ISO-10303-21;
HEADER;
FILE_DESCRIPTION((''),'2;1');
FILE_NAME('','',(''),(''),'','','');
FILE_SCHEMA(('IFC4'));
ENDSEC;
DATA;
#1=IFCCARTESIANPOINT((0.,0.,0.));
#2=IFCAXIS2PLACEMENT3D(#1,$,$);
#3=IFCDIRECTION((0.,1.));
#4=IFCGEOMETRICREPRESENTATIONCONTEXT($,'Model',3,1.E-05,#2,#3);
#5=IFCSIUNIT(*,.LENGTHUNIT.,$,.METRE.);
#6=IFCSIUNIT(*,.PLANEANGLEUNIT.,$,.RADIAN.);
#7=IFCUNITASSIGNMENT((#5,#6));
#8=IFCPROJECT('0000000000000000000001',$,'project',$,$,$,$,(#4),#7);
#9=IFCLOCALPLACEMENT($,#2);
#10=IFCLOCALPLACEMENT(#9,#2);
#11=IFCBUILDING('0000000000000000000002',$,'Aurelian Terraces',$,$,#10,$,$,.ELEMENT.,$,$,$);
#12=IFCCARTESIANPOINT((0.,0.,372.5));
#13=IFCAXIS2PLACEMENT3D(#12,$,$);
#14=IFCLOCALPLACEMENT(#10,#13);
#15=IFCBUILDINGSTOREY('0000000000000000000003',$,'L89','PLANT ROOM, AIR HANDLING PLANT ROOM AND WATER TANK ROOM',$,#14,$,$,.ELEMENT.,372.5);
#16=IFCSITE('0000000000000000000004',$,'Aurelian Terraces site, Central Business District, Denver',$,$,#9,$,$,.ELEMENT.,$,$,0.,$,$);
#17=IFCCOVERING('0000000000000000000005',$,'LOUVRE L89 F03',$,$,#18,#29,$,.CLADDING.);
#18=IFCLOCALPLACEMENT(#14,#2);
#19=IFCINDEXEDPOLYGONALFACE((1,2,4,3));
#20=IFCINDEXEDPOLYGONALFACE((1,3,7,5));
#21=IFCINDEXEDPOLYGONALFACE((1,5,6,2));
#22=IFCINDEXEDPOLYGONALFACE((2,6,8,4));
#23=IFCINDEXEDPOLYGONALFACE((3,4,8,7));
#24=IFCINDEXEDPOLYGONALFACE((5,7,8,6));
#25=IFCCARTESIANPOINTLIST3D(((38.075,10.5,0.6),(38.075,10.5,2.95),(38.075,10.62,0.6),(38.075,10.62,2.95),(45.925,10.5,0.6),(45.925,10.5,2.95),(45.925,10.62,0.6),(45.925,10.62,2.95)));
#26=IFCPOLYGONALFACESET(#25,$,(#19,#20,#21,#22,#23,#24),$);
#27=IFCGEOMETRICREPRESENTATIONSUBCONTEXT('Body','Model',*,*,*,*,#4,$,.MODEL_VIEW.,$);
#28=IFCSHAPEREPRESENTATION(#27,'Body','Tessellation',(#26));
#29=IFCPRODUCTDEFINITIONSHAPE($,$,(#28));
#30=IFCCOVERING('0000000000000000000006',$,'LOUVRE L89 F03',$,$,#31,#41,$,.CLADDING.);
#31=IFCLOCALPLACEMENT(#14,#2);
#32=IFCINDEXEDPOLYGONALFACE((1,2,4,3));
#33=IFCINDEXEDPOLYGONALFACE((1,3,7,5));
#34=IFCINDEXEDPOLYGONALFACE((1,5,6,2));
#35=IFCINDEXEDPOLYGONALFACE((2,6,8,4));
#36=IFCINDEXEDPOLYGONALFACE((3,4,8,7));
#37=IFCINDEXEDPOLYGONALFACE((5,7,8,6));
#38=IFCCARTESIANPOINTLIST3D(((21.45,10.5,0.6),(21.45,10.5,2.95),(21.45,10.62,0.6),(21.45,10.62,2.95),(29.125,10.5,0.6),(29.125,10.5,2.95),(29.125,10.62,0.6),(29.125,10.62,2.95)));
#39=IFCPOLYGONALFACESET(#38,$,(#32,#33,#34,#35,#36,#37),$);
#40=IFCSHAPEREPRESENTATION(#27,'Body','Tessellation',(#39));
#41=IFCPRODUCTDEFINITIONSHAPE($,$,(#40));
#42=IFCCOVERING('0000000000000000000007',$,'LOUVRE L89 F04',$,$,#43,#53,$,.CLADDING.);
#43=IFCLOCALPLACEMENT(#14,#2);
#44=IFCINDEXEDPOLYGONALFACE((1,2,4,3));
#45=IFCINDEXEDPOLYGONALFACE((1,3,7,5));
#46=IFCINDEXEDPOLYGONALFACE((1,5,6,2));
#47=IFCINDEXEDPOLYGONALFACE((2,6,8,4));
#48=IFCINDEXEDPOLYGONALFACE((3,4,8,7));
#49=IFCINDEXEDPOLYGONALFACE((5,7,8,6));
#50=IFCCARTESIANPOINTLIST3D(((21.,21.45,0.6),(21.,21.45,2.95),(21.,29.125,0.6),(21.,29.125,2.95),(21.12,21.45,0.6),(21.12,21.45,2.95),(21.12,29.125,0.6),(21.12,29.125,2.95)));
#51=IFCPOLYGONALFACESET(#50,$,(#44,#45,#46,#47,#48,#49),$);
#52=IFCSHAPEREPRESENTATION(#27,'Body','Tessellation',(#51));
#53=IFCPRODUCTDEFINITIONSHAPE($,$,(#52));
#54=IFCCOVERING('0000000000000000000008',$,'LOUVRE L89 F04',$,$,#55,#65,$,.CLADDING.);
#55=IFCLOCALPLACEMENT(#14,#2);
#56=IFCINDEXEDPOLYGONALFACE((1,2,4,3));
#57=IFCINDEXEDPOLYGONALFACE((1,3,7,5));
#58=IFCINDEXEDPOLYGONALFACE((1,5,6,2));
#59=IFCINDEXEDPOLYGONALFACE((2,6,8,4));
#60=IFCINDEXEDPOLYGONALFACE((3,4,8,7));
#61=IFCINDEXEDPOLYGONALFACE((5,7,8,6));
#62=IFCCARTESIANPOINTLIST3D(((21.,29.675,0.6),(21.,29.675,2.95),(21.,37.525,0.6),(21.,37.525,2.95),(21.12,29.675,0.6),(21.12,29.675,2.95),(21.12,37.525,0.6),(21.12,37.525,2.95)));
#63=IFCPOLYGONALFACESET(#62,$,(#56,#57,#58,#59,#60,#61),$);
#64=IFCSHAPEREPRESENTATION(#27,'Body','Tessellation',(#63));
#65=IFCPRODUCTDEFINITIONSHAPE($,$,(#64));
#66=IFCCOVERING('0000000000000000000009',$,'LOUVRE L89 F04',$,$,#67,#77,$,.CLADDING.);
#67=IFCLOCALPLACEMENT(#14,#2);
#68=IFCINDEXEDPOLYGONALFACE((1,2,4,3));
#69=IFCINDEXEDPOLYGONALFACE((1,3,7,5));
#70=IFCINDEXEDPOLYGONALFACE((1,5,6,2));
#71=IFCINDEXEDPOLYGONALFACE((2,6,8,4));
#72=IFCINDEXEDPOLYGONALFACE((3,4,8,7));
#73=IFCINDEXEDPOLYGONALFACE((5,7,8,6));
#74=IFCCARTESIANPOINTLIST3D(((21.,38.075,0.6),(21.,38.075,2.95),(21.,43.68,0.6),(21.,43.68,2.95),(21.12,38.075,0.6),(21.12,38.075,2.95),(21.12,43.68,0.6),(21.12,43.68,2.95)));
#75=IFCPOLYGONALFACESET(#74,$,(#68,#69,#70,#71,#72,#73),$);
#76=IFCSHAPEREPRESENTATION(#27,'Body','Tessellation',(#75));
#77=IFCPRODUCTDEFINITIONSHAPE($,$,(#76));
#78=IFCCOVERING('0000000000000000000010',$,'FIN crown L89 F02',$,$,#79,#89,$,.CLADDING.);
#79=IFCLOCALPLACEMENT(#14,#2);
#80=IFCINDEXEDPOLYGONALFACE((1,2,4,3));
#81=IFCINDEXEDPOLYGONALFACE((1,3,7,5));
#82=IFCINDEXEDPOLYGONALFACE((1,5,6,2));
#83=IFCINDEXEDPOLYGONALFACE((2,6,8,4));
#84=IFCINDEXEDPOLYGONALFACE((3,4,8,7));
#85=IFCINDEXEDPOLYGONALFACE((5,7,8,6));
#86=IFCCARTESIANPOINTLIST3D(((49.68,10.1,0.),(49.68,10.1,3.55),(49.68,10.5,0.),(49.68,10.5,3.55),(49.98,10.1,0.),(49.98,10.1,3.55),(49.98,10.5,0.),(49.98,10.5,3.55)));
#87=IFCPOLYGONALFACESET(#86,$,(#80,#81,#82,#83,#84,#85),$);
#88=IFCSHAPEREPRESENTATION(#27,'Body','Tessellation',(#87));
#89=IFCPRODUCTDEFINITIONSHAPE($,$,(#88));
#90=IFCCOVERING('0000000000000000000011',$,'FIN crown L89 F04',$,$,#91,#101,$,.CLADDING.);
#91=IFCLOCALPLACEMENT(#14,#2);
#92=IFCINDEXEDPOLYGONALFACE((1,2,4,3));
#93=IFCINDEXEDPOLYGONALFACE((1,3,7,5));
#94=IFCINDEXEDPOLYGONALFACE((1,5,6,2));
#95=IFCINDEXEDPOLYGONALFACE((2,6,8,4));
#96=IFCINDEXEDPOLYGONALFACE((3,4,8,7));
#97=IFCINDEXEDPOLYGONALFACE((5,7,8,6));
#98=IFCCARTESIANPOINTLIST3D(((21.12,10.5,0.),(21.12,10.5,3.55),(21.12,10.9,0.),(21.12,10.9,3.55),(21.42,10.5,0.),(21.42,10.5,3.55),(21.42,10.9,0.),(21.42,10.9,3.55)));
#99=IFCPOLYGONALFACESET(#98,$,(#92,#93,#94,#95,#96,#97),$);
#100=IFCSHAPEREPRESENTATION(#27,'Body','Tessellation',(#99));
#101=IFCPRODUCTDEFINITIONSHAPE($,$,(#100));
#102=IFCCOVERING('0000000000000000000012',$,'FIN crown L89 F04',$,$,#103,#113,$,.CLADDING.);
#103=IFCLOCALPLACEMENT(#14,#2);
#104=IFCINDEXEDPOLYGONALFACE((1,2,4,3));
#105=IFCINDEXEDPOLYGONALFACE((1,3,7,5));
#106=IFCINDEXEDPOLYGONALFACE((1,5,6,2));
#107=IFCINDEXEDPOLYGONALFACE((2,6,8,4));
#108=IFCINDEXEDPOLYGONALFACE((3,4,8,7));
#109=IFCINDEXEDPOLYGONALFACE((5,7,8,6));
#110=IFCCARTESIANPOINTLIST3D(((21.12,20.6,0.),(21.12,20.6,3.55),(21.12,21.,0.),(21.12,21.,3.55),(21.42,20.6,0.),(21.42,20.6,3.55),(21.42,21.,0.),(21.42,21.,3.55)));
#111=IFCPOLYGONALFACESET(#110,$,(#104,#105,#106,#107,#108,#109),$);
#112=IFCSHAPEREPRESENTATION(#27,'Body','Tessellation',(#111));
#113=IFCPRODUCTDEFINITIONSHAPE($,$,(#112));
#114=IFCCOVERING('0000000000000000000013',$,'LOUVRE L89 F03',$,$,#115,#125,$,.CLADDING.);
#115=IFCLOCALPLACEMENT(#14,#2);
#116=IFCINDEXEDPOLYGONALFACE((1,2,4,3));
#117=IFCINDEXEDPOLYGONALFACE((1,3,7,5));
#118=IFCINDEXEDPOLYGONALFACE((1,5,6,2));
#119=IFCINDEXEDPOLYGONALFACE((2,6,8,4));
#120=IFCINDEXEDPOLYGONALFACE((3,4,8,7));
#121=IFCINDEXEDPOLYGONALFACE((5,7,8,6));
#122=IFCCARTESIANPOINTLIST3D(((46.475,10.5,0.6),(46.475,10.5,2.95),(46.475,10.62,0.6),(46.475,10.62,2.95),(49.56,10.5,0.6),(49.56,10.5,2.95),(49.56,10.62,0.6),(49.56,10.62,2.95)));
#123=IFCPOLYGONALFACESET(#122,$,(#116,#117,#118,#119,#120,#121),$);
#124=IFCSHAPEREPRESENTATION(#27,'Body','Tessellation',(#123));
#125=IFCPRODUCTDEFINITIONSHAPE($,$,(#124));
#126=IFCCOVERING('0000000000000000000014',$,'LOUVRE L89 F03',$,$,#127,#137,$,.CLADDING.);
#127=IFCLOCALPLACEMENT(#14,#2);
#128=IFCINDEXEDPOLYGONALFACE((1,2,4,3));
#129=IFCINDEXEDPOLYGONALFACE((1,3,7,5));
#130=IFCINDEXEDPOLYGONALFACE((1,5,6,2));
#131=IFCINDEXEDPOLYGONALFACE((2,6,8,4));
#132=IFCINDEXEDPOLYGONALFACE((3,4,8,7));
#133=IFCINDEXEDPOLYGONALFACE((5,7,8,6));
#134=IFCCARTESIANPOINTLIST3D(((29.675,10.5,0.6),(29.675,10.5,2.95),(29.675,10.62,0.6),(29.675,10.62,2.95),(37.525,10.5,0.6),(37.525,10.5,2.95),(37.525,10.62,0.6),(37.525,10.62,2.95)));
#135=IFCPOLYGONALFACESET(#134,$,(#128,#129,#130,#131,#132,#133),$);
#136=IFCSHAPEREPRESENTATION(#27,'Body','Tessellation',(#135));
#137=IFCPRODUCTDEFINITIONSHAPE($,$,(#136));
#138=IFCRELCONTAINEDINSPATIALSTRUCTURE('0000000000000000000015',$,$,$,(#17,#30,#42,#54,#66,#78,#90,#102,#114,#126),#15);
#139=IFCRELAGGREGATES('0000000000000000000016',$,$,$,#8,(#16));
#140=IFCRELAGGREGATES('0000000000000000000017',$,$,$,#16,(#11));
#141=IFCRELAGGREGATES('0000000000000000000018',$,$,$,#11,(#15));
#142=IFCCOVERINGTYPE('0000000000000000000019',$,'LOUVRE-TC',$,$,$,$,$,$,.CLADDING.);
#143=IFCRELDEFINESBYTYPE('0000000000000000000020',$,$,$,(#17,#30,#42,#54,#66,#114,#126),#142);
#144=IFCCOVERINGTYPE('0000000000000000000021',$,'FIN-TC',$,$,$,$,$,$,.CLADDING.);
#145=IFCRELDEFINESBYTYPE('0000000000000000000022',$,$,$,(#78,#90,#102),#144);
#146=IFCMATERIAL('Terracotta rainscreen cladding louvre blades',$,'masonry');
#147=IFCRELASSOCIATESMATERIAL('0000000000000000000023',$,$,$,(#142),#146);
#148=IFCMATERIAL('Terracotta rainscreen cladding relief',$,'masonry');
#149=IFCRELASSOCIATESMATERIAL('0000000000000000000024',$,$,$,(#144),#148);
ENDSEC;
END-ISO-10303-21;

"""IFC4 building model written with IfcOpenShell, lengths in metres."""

from ifc_helpers import new_model, si_unit, direction, frame, origin, origin_2d, place, context, subcontext, project, spatial, rectangle, extrude, source, transform, mapped, material, type_object, element, save


model = new_model("IFC4")

# Units and contexts
model_context = context("Model", 3, precision=1e-05, world=origin(), true_north=direction((0.0, 1.0)))
body_context = subcontext(model_context, "Body", "Model", "MODEL_VIEW")
ifc_project = project(units=[si_unit("LENGTHUNIT", "METRE"), si_unit("PLANEANGLEUNIT", "RADIAN")], contexts=[model_context])

# Site, building, storey
site_placement = place(None, origin())
site = spatial("IfcSite", under=ifc_project, at=site_placement, Name="Aurelian Terraces site, Central Business District, Denver", CompositionType="ELEMENT", RefElevation=0.0)
building_placement = place(site_placement, origin())
building = spatial("IfcBuilding", under=site, at=building_placement, Name="Aurelian Terraces", CompositionType="ELEMENT")
storey_placement = place(building_placement, frame((0.0, 0.0, 372.5)))
storey = spatial("IfcBuildingStorey", under=building, at=storey_placement, Name="L89", Description="PLANT ROOM, AIR HANDLING PLANT ROOM AND WATER TANK ROOM", CompositionType="ELEMENT", Elevation=372.5)

# Coverings
ifc_material_1 = material(Name="Terracotta rainscreen cladding louvre blades", Category="masonry")
covering_type_1 = type_object("IfcCoveringType", Name="LOUVRE-TC", PredefinedType="CLADDING", material=ifc_material_1)
covering_1_placement = place(storey_placement, frame((42.0, 10.56, 0.6), z_axis=(0.0, 0.0, 1.0), x_axis=(1.0, 0.0, 0.0)))
element("IfcCovering", 1, at=covering_1_placement, inside=storey, type_object=covering_type_1, Name="LOUVRE L89 F03", PredefinedType="CLADDING", context=body_context, shape_type="SweptSolid", body=[
    extrude(rectangle(XDim=7.85, YDim=0.12, at=origin_2d()), origin(), (0.0, 0.0, 1.0), 2.35),
])
covering_2_placement = place(storey_placement, frame((25.2875, 10.56, 0.6), z_axis=(0.0, 0.0, 1.0), x_axis=(1.0, 0.0, 0.0)))
element("IfcCovering", 2, at=covering_2_placement, inside=storey, type_object=covering_type_1, Name="LOUVRE L89 F03", PredefinedType="CLADDING", context=body_context, shape_type="SweptSolid", body=[
    extrude(rectangle(XDim=7.675, YDim=0.12, at=origin_2d()), origin(), (0.0, 0.0, 1.0), 2.35),
])
covering_3_placement = place(storey_placement, frame((21.06, 25.2875, 0.6), z_axis=(0.0, 0.0, 1.0), x_axis=(1.0, 0.0, 0.0)))
element("IfcCovering", 3, at=covering_3_placement, inside=storey, type_object=covering_type_1, Name="LOUVRE L89 F04", PredefinedType="CLADDING", context=body_context, shape_type="SweptSolid", body=[
    extrude(rectangle(XDim=0.12, YDim=7.675, at=origin_2d()), origin(), (0.0, 0.0, 1.0), 2.35),
])
covering_4_placement = place(storey_placement, frame((21.06, 33.6, 0.6), z_axis=(0.0, 0.0, 1.0), x_axis=(1.0, 0.0, 0.0)))
element("IfcCovering", 4, at=covering_4_placement, inside=storey, type_object=covering_type_1, Name="LOUVRE L89 F04", PredefinedType="CLADDING", context=body_context, shape_type="SweptSolid", body=[
    extrude(rectangle(XDim=0.12, YDim=7.85, at=origin_2d()), origin(), (0.0, 0.0, 1.0), 2.35),
])
covering_5_placement = place(storey_placement, frame((21.06, 40.8775, 0.6), z_axis=(0.0, 0.0, 1.0), x_axis=(1.0, 0.0, 0.0)))
element("IfcCovering", 5, at=covering_5_placement, inside=storey, type_object=covering_type_1, Name="LOUVRE L89 F04", PredefinedType="CLADDING", context=body_context, shape_type="SweptSolid", body=[
    extrude(rectangle(XDim=0.12, YDim=5.605, at=origin_2d()), origin(), (0.0, 0.0, 1.0), 2.35),
])
ifc_material_2 = material(Name="Terracotta rainscreen cladding relief", Category="masonry")
covering_type_2 = type_object("IfcCoveringType", Name="FIN-TC", PredefinedType="CLADDING", material=ifc_material_2)
shared_shape_1 = source(origin(), body_context, "Body", "SweptSolid", [
    extrude(rectangle(XDim=0.3, YDim=0.4, at=origin_2d()), origin(), (0.0, 0.0, 1.0), 3.55),
])
for number, where, z_axis, x_axis, name in (
    (6, (49.83, 10.3, 0.0), (0.0, 0.0, 1.0), (1.0, 0.0, 0.0), "FIN crown L89 F02"),
    (7, (21.27, 10.7, 0.0), (0.0, 0.0, 1.0), (1.0, 0.0, 0.0), "FIN crown L89 F04"),
    (8, (21.27, 20.8, 0.0), (0.0, 0.0, 1.0), (1.0, 0.0, 0.0), "FIN crown L89 F04"),
):
    element("IfcCovering", number, at=place(storey_placement, frame(where, z_axis=z_axis, x_axis=x_axis)), inside=storey, type_object=covering_type_2, Name=name, PredefinedType="CLADDING", context=body_context, shape_type="MappedRepresentation", body=[
        mapped(shared_shape_1, transform((0.0, 0.0, 0.0), scale=1.0)),
    ])
shared_shape_2 = source(origin(), body_context, "Body", "SweptSolid", [
    extrude(rectangle(XDim=3.085, YDim=0.12, at=origin_2d()), origin(), (0.0, 0.0, 1.0), 2.35),
])
covering_6_placement = place(storey_placement, frame((48.0175, 10.56, 0.6), z_axis=(0.0, 0.0, 1.0), x_axis=(1.0, 0.0, 0.0)))
element("IfcCovering", 9, at=covering_6_placement, inside=storey, type_object=covering_type_1, Name="LOUVRE L89 F03", PredefinedType="CLADDING", context=body_context, shape_type="MappedRepresentation", body=[
    mapped(shared_shape_2, transform((0.0, 0.0, 0.0), scale=1.0)),
])
shared_shape_3 = source(origin(), body_context, "Body", "SweptSolid", [
    extrude(rectangle(XDim=7.85, YDim=0.12, at=origin_2d()), origin(), (0.0, 0.0, 1.0), 2.35),
])
covering_7_placement = place(storey_placement, frame((33.6, 10.56, 0.6), z_axis=(0.0, 0.0, 1.0), x_axis=(1.0, 0.0, 0.0)))
element("IfcCovering", 10, at=covering_7_placement, inside=storey, type_object=covering_type_1, Name="LOUVRE L89 F03", PredefinedType="CLADDING", context=body_context, shape_type="MappedRepresentation", body=[
    mapped(shared_shape_3, transform((0.0, 0.0, 0.0), scale=1.0)),
])

save(model, "model.ifc")
